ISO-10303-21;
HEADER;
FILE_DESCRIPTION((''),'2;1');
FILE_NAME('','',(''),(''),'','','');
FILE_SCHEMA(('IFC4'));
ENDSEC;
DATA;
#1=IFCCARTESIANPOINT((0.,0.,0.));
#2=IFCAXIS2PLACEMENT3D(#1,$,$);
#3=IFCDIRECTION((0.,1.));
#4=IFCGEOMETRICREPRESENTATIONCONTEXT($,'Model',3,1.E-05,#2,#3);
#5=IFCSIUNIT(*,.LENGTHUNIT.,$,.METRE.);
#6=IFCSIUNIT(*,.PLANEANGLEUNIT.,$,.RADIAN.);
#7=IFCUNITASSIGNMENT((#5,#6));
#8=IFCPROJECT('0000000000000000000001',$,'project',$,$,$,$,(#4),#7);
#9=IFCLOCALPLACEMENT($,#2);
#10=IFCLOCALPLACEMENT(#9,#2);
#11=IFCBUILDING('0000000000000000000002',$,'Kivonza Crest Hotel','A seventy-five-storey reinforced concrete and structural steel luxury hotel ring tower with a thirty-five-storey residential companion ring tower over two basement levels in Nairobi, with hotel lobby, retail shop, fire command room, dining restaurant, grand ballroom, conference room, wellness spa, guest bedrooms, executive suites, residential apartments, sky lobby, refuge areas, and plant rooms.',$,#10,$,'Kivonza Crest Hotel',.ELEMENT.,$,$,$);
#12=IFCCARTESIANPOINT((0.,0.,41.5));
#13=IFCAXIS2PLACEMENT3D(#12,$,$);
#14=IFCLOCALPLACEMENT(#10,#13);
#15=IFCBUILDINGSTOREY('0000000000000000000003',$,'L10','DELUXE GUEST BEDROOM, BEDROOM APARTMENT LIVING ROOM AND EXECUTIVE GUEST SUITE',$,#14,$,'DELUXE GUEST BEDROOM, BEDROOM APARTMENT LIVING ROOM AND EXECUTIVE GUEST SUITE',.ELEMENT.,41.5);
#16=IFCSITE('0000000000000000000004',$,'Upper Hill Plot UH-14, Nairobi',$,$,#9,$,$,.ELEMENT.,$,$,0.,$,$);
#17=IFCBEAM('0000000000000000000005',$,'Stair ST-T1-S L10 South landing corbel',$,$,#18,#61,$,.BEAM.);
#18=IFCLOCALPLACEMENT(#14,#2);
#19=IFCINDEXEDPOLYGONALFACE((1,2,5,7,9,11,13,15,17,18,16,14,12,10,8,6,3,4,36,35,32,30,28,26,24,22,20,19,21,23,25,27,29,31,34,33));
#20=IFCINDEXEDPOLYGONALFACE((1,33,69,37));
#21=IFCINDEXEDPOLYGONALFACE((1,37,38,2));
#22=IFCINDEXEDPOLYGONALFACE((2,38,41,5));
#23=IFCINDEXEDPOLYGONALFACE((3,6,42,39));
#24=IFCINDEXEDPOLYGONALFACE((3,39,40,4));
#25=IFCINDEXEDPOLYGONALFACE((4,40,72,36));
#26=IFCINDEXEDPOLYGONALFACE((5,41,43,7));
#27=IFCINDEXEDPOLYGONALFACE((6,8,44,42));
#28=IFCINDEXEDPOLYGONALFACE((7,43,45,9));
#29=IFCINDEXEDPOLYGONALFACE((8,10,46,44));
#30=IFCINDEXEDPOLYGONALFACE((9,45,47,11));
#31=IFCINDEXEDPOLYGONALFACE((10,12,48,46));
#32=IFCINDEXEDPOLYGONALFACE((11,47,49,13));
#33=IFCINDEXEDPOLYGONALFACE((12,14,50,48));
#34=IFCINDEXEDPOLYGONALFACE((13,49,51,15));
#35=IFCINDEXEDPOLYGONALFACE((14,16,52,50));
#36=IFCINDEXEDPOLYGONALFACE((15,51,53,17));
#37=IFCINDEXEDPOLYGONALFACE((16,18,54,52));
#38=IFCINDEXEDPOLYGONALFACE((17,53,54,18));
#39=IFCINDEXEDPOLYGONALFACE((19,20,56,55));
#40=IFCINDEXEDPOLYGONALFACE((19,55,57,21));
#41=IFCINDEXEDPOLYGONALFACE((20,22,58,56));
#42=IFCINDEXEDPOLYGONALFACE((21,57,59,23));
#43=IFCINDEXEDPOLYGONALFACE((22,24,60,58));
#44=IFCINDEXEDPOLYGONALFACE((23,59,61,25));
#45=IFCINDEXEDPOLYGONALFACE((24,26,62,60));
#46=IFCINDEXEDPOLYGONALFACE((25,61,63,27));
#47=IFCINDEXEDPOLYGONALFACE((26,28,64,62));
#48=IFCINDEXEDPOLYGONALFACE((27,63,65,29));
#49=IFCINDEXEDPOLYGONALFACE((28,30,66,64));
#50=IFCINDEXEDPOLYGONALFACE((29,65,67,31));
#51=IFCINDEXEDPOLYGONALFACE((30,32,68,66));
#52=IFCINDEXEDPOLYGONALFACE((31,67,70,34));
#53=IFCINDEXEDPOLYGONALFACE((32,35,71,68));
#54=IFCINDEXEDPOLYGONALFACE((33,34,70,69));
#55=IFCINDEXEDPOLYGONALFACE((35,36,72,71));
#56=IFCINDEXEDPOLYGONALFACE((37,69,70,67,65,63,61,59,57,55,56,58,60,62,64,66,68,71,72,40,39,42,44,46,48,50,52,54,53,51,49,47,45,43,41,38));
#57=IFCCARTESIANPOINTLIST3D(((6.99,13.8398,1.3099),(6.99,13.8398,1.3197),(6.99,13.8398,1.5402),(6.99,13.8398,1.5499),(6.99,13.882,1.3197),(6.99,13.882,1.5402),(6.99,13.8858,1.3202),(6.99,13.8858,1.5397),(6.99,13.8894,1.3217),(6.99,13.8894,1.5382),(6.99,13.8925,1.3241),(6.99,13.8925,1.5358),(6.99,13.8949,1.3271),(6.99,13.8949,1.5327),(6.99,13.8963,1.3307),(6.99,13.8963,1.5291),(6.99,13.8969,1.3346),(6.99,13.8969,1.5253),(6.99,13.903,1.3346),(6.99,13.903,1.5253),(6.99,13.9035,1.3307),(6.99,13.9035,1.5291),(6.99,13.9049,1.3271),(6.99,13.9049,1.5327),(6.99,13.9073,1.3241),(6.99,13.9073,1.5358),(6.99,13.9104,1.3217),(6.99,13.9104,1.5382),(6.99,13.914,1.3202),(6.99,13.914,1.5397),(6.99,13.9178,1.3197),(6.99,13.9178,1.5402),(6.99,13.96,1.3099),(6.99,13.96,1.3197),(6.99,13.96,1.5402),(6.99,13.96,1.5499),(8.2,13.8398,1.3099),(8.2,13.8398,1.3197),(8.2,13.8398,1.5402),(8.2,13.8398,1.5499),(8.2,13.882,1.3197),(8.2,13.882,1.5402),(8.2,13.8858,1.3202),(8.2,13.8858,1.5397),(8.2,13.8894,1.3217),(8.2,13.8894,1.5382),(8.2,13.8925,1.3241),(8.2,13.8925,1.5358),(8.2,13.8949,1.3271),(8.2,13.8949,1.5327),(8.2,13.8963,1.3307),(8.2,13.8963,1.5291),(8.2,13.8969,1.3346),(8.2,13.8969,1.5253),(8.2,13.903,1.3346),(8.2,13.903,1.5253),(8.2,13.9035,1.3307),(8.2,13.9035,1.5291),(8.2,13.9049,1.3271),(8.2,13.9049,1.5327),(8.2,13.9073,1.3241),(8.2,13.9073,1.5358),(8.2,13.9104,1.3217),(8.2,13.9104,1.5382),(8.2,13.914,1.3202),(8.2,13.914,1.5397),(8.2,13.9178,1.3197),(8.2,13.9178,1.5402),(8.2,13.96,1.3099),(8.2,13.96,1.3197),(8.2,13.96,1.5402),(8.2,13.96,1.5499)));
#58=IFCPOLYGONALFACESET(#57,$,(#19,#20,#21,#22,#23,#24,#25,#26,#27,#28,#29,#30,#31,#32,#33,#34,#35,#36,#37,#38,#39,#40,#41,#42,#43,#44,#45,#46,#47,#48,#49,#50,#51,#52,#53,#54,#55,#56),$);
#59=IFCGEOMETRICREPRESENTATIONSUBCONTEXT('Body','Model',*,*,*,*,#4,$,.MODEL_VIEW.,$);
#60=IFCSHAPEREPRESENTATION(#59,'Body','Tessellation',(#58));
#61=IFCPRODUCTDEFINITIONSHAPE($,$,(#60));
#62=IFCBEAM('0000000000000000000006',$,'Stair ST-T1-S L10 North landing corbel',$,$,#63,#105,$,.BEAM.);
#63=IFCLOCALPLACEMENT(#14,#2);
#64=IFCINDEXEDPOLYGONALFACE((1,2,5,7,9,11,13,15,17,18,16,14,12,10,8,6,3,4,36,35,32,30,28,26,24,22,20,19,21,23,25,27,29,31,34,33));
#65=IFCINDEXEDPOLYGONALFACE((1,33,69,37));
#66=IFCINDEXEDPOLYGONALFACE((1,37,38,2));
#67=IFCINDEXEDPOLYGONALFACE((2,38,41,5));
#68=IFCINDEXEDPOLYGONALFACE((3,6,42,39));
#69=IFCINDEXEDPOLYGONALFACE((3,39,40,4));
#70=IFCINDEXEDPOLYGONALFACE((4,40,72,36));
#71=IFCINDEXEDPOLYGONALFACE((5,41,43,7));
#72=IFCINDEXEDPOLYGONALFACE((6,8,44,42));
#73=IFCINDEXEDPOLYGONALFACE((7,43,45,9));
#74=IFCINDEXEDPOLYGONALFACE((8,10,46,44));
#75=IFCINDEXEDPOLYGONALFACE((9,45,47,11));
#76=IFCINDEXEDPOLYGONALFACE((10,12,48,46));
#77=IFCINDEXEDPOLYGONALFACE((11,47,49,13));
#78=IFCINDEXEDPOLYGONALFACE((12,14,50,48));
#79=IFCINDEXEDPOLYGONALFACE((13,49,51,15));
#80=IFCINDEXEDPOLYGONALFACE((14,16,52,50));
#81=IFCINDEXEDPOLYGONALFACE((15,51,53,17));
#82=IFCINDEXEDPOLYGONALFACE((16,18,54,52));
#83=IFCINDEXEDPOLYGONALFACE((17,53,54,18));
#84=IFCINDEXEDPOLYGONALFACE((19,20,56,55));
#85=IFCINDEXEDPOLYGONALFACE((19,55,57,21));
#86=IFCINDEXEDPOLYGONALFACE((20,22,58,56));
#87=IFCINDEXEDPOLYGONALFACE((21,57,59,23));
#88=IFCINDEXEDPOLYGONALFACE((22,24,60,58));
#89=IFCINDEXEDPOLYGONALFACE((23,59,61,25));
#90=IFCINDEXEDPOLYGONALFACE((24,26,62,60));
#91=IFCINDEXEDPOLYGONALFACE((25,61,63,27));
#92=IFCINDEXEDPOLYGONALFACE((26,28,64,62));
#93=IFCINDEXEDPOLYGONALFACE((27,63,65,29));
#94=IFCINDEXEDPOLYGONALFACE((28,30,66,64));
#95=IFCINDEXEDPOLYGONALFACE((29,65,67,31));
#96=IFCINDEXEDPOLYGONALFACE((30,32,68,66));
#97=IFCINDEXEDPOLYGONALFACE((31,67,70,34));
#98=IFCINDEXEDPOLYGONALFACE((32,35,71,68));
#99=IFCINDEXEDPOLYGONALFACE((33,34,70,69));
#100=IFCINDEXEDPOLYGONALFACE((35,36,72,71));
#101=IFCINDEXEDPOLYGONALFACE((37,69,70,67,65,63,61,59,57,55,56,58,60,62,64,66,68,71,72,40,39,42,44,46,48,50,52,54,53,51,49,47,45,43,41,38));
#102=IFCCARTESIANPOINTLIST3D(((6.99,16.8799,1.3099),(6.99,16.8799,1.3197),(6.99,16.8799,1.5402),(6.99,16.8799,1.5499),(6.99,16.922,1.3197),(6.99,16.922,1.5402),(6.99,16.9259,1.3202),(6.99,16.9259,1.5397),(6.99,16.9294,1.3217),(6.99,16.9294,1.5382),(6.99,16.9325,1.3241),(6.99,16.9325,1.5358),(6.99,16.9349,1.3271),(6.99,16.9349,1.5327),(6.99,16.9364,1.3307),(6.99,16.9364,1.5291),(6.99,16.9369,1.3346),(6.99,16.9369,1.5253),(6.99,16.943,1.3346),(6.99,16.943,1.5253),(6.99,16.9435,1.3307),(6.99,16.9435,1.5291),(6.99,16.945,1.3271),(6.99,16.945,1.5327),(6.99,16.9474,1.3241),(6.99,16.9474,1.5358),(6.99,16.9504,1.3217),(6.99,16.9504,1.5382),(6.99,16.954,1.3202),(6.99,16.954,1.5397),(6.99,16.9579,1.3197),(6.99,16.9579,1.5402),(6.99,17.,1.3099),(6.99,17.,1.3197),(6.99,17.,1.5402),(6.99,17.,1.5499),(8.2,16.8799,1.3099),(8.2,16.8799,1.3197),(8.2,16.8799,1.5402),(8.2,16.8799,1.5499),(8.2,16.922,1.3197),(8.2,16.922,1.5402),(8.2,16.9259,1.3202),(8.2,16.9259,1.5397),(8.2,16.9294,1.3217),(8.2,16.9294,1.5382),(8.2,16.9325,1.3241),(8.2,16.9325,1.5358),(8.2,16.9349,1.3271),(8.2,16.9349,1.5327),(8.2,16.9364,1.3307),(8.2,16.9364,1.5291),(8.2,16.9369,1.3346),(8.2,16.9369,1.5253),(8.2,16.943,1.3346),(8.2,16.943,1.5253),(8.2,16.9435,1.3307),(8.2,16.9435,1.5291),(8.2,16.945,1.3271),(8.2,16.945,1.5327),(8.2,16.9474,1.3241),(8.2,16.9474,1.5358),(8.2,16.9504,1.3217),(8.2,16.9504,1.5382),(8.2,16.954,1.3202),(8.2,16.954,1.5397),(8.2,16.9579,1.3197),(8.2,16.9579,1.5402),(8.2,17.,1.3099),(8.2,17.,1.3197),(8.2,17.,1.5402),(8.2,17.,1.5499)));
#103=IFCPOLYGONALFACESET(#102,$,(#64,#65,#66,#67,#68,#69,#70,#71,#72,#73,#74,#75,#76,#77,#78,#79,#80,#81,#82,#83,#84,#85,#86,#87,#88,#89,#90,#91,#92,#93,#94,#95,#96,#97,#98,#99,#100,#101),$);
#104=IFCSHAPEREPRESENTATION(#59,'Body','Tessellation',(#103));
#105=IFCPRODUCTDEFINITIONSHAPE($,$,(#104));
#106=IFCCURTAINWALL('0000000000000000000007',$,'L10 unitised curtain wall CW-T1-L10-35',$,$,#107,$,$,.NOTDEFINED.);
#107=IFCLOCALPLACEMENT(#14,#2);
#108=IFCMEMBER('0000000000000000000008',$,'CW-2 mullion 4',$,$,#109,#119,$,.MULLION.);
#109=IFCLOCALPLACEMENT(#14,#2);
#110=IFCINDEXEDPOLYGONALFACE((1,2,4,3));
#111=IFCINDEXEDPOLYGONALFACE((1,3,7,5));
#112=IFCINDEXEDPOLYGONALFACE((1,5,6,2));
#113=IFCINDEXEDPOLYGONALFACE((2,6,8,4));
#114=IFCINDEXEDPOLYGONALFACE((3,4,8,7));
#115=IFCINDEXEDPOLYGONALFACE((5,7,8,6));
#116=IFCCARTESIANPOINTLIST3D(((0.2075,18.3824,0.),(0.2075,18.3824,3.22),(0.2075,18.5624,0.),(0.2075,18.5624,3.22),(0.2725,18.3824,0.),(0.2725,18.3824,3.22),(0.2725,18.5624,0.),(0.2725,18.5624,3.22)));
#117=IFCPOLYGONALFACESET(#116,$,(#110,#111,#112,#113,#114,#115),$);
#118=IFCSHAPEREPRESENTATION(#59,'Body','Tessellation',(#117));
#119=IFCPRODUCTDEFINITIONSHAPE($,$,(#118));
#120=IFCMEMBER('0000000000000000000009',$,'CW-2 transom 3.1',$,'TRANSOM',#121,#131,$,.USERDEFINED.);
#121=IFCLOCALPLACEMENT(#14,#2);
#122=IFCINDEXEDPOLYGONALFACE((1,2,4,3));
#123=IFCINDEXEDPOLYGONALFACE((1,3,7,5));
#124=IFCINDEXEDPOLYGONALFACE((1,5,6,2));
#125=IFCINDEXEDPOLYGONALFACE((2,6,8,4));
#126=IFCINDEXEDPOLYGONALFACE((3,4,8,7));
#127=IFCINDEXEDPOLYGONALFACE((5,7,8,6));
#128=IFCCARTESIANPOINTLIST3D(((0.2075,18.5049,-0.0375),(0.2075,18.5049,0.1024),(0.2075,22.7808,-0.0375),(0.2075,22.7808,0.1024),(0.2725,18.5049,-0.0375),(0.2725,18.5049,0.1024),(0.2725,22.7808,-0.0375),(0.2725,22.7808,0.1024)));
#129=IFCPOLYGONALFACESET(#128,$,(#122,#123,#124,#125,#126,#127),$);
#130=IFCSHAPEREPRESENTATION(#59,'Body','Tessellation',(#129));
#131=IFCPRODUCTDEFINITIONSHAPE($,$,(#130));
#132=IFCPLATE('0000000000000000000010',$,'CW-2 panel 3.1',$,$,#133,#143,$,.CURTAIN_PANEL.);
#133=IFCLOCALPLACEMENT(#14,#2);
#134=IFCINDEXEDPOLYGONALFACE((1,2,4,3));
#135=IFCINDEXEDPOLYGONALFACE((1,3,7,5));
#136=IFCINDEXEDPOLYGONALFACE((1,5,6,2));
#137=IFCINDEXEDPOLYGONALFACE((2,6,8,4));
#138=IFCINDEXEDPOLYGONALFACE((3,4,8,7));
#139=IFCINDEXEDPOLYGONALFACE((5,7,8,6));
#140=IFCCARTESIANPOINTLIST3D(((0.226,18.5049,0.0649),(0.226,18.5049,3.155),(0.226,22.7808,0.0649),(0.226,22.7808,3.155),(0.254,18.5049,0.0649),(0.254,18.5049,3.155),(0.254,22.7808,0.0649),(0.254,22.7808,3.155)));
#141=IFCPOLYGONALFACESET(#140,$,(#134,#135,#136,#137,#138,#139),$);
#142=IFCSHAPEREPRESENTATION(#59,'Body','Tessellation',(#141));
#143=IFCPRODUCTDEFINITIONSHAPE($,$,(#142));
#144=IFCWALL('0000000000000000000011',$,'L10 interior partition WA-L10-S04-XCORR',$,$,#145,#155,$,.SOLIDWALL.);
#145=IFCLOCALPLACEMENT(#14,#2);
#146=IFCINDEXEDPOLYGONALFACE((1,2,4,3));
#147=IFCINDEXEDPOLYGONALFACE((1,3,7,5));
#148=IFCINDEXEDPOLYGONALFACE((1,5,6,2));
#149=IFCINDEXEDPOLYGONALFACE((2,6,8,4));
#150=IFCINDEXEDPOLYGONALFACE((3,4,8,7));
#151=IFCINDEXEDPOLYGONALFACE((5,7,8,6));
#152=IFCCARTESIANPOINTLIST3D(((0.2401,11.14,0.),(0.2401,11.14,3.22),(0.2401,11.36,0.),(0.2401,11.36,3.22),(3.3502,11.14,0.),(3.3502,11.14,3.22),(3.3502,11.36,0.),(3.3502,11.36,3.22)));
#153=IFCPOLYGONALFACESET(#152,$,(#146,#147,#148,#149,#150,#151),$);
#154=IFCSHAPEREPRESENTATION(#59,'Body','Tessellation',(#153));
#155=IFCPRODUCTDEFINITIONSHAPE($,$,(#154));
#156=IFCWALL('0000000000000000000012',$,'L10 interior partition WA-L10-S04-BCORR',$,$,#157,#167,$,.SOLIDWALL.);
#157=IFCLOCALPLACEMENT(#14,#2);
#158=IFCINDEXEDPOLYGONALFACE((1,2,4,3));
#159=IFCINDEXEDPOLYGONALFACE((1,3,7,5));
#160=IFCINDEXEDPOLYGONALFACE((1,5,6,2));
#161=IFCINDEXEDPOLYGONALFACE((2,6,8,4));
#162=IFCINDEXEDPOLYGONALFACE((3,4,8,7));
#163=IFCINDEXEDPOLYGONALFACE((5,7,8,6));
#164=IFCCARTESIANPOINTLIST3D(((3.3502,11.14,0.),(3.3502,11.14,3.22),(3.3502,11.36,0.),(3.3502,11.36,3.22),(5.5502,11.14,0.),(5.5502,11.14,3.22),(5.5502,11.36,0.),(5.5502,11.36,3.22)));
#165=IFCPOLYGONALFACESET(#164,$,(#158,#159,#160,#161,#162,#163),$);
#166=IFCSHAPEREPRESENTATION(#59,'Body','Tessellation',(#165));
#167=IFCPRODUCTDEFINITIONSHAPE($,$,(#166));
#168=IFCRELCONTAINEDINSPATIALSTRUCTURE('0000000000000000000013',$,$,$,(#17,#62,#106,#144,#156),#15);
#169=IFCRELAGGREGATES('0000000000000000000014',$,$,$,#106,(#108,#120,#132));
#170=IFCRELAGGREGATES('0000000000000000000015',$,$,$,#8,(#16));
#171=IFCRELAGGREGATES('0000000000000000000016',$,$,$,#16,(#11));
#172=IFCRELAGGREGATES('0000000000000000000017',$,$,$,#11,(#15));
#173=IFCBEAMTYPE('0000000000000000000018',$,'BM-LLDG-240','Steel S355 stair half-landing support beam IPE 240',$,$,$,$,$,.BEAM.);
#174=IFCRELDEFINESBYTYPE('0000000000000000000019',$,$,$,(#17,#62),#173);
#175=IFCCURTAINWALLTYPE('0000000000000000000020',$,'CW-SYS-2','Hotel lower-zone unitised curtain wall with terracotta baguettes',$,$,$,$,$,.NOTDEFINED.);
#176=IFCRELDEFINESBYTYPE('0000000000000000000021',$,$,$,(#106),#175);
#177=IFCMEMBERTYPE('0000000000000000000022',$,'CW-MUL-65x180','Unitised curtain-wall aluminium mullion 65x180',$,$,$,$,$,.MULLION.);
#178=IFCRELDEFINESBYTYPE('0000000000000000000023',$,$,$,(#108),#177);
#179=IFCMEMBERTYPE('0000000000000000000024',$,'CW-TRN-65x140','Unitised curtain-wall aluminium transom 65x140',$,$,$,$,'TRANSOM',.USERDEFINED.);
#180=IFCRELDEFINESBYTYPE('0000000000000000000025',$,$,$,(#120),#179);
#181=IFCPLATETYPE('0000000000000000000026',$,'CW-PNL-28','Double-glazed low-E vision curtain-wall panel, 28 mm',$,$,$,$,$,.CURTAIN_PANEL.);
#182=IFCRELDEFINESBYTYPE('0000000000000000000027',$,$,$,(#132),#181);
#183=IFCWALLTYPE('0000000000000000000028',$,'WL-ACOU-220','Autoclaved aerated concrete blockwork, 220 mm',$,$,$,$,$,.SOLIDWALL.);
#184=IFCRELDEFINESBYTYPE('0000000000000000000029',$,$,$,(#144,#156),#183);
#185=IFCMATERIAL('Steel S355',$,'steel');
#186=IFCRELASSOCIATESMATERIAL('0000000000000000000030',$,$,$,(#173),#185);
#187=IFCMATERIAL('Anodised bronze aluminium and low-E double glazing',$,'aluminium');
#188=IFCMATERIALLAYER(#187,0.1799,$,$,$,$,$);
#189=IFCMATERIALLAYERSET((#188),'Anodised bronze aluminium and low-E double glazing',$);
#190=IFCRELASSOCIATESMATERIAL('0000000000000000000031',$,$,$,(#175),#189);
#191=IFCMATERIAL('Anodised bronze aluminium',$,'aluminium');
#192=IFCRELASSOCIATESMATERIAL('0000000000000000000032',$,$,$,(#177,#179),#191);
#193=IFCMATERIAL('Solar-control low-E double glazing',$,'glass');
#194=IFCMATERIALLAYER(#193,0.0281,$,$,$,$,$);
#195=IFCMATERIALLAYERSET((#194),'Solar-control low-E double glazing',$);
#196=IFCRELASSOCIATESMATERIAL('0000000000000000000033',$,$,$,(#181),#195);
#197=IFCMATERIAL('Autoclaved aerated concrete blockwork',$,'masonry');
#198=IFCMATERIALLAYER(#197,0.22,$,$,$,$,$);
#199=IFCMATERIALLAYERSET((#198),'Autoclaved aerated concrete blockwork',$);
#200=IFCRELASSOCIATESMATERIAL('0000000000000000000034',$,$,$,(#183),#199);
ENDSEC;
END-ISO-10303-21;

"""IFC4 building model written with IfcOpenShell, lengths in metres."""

from ifc_helpers import new_model, si_unit, direction, frame, frame_2d, origin, origin_2d, place, context, subcontext, project, spatial, rectangle, i_section, extrude, material, layer, layer_set, material_profile, profile_set, type_object, element, aggregate, save


model = new_model("IFC4")

# Units and contexts
model_context = context("Model", 3, precision=1e-05, world=origin(), true_north=direction((0.0, 1.0)))
body_context = subcontext(model_context, "Body", "Model", "MODEL_VIEW")
ifc_project = project(units=[si_unit("LENGTHUNIT", "METRE"), si_unit("PLANEANGLEUNIT", "RADIAN")], contexts=[model_context])

# Site, building, storey
site_placement = place(None, origin())
site = spatial("IfcSite", under=ifc_project, at=site_placement, Name="Upper Hill Plot UH-14, Nairobi", CompositionType="ELEMENT", RefElevation=0.0)
building_placement = place(site_placement, origin())
building = spatial("IfcBuilding", under=site, at=building_placement, Name="Kivonza Crest Hotel", Description="A seventy-five-storey reinforced concrete and structural steel luxury hotel ring tower with a thirty-five-storey residential companion ring tower over two basement levels in Nairobi, with hotel lobby, retail shop, fire command room, dining restaurant, grand ballroom, conference room, wellness spa, guest bedrooms, executive suites, residential apartments, sky lobby, refuge areas, and plant rooms.", LongName="Kivonza Crest Hotel", CompositionType="ELEMENT")
storey_placement = place(building_placement, frame((0.0, 0.0, 41.5)))
storey = spatial("IfcBuildingStorey", under=building, at=storey_placement, Name="L10", Description="DELUXE GUEST BEDROOM, BEDROOM APARTMENT LIVING ROOM AND EXECUTIVE GUEST SUITE", LongName="DELUXE GUEST BEDROOM, BEDROOM APARTMENT LIVING ROOM AND EXECUTIVE GUEST SUITE", CompositionType="ELEMENT", Elevation=41.5)

# Beams
ifc_material_1 = material(Name="Steel S355", Category="steel")
ifc_material_profile_1 = material_profile(ifc_material_1, i_section(OverallWidth=0.1201, OverallDepth=0.24, WebThickness=0.0061, FlangeThickness=0.0098, FilletRadius=0.0149, at=origin_2d()), Name="IPE 240")
ifc_profile_set_1 = profile_set([ifc_material_profile_1], Name="Steel S355")
beam_type_1 = type_object("IfcBeamType", Name="BM-LLDG-240", Description="Steel S355 stair half-landing support beam IPE 240", PredefinedType="BEAM", material=ifc_profile_set_1)
for number, where, z_axis, x_axis, name in (
    (1, (6.99, 13.8999, 1.4299), (1.0, 0.0, 0.0), (0.0, 1.0, 0.0), "Stair ST-T1-S L10 South landing corbel"),
    (2, (6.99, 16.9399, 1.4299), (1.0, 0.0, 0.0), (0.0, 1.0, 0.0), "Stair ST-T1-S L10 North landing corbel"),
):
    element("IfcBeam", number, at=place(storey_placement, frame(where, z_axis=z_axis, x_axis=x_axis)), inside=storey, type_object=beam_type_1, Name=name, PredefinedType="BEAM", context=body_context, shape_type="SweptSolid", body=[
        extrude(i_section(OverallWidth=0.1201, OverallDepth=0.24, WebThickness=0.0061, FlangeThickness=0.0098, FilletRadius=0.0149, at=origin_2d()), origin(), (0.0, 0.0, 1.0), 1.21),
    ])

# Curtain wall, members, plate
ifc_material_2 = material(Name="Anodised bronze aluminium and low-E double glazing", Category="aluminium")
ifc_layer_1 = layer(ifc_material_2, 0.1799)
ifc_layer_set_1 = layer_set([ifc_layer_1], Name="Anodised bronze aluminium and low-E double glazing")
curtain_wall_type = type_object("IfcCurtainWallType", Name="CW-SYS-2", Description="Hotel lower-zone unitised curtain wall with terracotta baguettes", PredefinedType="NOTDEFINED", material=ifc_layer_set_1)
curtain_wall_placement = place(storey_placement, origin())
curtain_wall = element("IfcCurtainWall", 3, at=curtain_wall_placement, inside=storey, type_object=curtain_wall_type, Name="L10 unitised curtain wall CW-T1-L10-35", PredefinedType="NOTDEFINED")
ifc_material_3 = material(Name="Anodised bronze aluminium", Category="aluminium")
ifc_material_profile_2 = material_profile(ifc_material_3, rectangle(XDim=0.0649, YDim=0.1799, at=origin_2d()), Name="CW-M 65x180")
ifc_profile_set_2 = profile_set([ifc_material_profile_2], Name="Anodised bronze aluminium")
member_type_1 = type_object("IfcMemberType", Name="CW-MUL-65x180", Description="Unitised curtain-wall aluminium mullion 65x180", PredefinedType="MULLION", material=ifc_profile_set_2)
member_1_placement = place(storey_placement, frame((0.24, 18.4724, 0.0), z_axis=(0.0, 0.0, 1.0), x_axis=(1.0, 0.0, 0.0)))
member_1 = element("IfcMember", 4, at=member_1_placement, type_object=member_type_1, Name="CW-2 mullion 4", PredefinedType="MULLION", context=body_context, shape_type="SweptSolid", body=[
    extrude(rectangle(XDim=0.0649, YDim=0.1799, at=origin_2d()), origin(), (0.0, 0.0, 1.0), 3.22),
])
ifc_material_profile_3 = material_profile(ifc_material_3, rectangle(XDim=0.0649, YDim=0.1399, at=origin_2d()), Name="CW-T 65x140")
ifc_profile_set_3 = profile_set([ifc_material_profile_3], Name="Anodised bronze aluminium")
member_type_2 = type_object("IfcMemberType", Name="CW-TRN-65x140", Description="Unitised curtain-wall aluminium transom 65x140", ElementType="TRANSOM", PredefinedType="USERDEFINED", material=ifc_profile_set_3)
member_2_placement = place(storey_placement, frame((0.24, 22.7808, 0.0325), z_axis=(0.0, -1.0, 0.0), x_axis=(1.0, 0.0, 0.0)))
member_2 = element("IfcMember", 5, at=member_2_placement, type_object=member_type_2, Name="CW-2 transom 3.1", ObjectType="TRANSOM", PredefinedType="USERDEFINED", context=body_context, shape_type="SweptSolid", body=[
    extrude(rectangle(XDim=0.0649, YDim=0.1399, at=origin_2d()), origin(), (0.0, 0.0, 1.0), 4.2759),
])
ifc_material_4 = material(Name="Solar-control low-E double glazing", Category="glass")
ifc_layer_2 = layer(ifc_material_4, 0.0281)
ifc_layer_set_2 = layer_set([ifc_layer_2], Name="Solar-control low-E double glazing")
plate_type = type_object("IfcPlateType", Name="CW-PNL-28", Description="Double-glazed low-E vision curtain-wall panel, 28 mm", PredefinedType="CURTAIN_PANEL", material=ifc_layer_set_2)
plate_placement = place(storey_placement, frame((0.24, 20.6428, 0.0649), z_axis=(0.0, 0.0, 1.0), x_axis=(0.0, -1.0, 0.0)))
plate = element("IfcPlate", 6, at=plate_placement, type_object=plate_type, Name="CW-2 panel 3.1", PredefinedType="CURTAIN_PANEL", context=body_context, shape_type="SweptSolid", body=[
    extrude(rectangle(XDim=4.2759, YDim=0.0281, at=origin_2d()), origin(), (0.0, 0.0, 1.0), 3.0901),
])
aggregate(curtain_wall, [member_1, member_2, plate])

# Walls
ifc_material_5 = material(Name="Autoclaved aerated concrete blockwork", Category="masonry")
ifc_layer_3 = layer(ifc_material_5, 0.22)
ifc_layer_set_3 = layer_set([ifc_layer_3], Name="Autoclaved aerated concrete blockwork")
wall_type_1 = type_object("IfcWallType", Name="WL-ACOU-220", Description="Autoclaved aerated concrete blockwork, 220 mm", PredefinedType="SOLIDWALL", material=ifc_layer_set_3)
wall_1_placement = place(storey_placement, frame((0.24, 11.25, 0.0), z_axis=(0.0, 0.0, 1.0), x_axis=(1.0, 0.0, 0.0)))
element("IfcWall", 7, at=wall_1_placement, inside=storey, type_object=wall_type_1, Name="L10 interior partition WA-L10-S04-XCORR", PredefinedType="SOLIDWALL", context=body_context, shape_type="SweptSolid", body=[
    extrude(rectangle(XDim=3.1101, YDim=0.22, at=frame_2d((1.5552, 0.0))), origin(), (0.0, 0.0, 1.0), 3.22),
])
wall_2_placement = place(storey_placement, frame((3.3501, 11.25, 0.0), z_axis=(0.0, 0.0, 1.0), x_axis=(1.0, 0.0, 0.0)))
element("IfcWall", 8, at=wall_2_placement, inside=storey, type_object=wall_type_1, Name="L10 interior partition WA-L10-S04-BCORR", PredefinedType="SOLIDWALL", context=body_context, shape_type="SweptSolid", body=[
    extrude(rectangle(XDim=2.2, YDim=0.22, at=frame_2d((1.1001, 0.0))), origin(), (0.0, 0.0, 1.0), 3.22),
])

save(model, "model.ifc")
